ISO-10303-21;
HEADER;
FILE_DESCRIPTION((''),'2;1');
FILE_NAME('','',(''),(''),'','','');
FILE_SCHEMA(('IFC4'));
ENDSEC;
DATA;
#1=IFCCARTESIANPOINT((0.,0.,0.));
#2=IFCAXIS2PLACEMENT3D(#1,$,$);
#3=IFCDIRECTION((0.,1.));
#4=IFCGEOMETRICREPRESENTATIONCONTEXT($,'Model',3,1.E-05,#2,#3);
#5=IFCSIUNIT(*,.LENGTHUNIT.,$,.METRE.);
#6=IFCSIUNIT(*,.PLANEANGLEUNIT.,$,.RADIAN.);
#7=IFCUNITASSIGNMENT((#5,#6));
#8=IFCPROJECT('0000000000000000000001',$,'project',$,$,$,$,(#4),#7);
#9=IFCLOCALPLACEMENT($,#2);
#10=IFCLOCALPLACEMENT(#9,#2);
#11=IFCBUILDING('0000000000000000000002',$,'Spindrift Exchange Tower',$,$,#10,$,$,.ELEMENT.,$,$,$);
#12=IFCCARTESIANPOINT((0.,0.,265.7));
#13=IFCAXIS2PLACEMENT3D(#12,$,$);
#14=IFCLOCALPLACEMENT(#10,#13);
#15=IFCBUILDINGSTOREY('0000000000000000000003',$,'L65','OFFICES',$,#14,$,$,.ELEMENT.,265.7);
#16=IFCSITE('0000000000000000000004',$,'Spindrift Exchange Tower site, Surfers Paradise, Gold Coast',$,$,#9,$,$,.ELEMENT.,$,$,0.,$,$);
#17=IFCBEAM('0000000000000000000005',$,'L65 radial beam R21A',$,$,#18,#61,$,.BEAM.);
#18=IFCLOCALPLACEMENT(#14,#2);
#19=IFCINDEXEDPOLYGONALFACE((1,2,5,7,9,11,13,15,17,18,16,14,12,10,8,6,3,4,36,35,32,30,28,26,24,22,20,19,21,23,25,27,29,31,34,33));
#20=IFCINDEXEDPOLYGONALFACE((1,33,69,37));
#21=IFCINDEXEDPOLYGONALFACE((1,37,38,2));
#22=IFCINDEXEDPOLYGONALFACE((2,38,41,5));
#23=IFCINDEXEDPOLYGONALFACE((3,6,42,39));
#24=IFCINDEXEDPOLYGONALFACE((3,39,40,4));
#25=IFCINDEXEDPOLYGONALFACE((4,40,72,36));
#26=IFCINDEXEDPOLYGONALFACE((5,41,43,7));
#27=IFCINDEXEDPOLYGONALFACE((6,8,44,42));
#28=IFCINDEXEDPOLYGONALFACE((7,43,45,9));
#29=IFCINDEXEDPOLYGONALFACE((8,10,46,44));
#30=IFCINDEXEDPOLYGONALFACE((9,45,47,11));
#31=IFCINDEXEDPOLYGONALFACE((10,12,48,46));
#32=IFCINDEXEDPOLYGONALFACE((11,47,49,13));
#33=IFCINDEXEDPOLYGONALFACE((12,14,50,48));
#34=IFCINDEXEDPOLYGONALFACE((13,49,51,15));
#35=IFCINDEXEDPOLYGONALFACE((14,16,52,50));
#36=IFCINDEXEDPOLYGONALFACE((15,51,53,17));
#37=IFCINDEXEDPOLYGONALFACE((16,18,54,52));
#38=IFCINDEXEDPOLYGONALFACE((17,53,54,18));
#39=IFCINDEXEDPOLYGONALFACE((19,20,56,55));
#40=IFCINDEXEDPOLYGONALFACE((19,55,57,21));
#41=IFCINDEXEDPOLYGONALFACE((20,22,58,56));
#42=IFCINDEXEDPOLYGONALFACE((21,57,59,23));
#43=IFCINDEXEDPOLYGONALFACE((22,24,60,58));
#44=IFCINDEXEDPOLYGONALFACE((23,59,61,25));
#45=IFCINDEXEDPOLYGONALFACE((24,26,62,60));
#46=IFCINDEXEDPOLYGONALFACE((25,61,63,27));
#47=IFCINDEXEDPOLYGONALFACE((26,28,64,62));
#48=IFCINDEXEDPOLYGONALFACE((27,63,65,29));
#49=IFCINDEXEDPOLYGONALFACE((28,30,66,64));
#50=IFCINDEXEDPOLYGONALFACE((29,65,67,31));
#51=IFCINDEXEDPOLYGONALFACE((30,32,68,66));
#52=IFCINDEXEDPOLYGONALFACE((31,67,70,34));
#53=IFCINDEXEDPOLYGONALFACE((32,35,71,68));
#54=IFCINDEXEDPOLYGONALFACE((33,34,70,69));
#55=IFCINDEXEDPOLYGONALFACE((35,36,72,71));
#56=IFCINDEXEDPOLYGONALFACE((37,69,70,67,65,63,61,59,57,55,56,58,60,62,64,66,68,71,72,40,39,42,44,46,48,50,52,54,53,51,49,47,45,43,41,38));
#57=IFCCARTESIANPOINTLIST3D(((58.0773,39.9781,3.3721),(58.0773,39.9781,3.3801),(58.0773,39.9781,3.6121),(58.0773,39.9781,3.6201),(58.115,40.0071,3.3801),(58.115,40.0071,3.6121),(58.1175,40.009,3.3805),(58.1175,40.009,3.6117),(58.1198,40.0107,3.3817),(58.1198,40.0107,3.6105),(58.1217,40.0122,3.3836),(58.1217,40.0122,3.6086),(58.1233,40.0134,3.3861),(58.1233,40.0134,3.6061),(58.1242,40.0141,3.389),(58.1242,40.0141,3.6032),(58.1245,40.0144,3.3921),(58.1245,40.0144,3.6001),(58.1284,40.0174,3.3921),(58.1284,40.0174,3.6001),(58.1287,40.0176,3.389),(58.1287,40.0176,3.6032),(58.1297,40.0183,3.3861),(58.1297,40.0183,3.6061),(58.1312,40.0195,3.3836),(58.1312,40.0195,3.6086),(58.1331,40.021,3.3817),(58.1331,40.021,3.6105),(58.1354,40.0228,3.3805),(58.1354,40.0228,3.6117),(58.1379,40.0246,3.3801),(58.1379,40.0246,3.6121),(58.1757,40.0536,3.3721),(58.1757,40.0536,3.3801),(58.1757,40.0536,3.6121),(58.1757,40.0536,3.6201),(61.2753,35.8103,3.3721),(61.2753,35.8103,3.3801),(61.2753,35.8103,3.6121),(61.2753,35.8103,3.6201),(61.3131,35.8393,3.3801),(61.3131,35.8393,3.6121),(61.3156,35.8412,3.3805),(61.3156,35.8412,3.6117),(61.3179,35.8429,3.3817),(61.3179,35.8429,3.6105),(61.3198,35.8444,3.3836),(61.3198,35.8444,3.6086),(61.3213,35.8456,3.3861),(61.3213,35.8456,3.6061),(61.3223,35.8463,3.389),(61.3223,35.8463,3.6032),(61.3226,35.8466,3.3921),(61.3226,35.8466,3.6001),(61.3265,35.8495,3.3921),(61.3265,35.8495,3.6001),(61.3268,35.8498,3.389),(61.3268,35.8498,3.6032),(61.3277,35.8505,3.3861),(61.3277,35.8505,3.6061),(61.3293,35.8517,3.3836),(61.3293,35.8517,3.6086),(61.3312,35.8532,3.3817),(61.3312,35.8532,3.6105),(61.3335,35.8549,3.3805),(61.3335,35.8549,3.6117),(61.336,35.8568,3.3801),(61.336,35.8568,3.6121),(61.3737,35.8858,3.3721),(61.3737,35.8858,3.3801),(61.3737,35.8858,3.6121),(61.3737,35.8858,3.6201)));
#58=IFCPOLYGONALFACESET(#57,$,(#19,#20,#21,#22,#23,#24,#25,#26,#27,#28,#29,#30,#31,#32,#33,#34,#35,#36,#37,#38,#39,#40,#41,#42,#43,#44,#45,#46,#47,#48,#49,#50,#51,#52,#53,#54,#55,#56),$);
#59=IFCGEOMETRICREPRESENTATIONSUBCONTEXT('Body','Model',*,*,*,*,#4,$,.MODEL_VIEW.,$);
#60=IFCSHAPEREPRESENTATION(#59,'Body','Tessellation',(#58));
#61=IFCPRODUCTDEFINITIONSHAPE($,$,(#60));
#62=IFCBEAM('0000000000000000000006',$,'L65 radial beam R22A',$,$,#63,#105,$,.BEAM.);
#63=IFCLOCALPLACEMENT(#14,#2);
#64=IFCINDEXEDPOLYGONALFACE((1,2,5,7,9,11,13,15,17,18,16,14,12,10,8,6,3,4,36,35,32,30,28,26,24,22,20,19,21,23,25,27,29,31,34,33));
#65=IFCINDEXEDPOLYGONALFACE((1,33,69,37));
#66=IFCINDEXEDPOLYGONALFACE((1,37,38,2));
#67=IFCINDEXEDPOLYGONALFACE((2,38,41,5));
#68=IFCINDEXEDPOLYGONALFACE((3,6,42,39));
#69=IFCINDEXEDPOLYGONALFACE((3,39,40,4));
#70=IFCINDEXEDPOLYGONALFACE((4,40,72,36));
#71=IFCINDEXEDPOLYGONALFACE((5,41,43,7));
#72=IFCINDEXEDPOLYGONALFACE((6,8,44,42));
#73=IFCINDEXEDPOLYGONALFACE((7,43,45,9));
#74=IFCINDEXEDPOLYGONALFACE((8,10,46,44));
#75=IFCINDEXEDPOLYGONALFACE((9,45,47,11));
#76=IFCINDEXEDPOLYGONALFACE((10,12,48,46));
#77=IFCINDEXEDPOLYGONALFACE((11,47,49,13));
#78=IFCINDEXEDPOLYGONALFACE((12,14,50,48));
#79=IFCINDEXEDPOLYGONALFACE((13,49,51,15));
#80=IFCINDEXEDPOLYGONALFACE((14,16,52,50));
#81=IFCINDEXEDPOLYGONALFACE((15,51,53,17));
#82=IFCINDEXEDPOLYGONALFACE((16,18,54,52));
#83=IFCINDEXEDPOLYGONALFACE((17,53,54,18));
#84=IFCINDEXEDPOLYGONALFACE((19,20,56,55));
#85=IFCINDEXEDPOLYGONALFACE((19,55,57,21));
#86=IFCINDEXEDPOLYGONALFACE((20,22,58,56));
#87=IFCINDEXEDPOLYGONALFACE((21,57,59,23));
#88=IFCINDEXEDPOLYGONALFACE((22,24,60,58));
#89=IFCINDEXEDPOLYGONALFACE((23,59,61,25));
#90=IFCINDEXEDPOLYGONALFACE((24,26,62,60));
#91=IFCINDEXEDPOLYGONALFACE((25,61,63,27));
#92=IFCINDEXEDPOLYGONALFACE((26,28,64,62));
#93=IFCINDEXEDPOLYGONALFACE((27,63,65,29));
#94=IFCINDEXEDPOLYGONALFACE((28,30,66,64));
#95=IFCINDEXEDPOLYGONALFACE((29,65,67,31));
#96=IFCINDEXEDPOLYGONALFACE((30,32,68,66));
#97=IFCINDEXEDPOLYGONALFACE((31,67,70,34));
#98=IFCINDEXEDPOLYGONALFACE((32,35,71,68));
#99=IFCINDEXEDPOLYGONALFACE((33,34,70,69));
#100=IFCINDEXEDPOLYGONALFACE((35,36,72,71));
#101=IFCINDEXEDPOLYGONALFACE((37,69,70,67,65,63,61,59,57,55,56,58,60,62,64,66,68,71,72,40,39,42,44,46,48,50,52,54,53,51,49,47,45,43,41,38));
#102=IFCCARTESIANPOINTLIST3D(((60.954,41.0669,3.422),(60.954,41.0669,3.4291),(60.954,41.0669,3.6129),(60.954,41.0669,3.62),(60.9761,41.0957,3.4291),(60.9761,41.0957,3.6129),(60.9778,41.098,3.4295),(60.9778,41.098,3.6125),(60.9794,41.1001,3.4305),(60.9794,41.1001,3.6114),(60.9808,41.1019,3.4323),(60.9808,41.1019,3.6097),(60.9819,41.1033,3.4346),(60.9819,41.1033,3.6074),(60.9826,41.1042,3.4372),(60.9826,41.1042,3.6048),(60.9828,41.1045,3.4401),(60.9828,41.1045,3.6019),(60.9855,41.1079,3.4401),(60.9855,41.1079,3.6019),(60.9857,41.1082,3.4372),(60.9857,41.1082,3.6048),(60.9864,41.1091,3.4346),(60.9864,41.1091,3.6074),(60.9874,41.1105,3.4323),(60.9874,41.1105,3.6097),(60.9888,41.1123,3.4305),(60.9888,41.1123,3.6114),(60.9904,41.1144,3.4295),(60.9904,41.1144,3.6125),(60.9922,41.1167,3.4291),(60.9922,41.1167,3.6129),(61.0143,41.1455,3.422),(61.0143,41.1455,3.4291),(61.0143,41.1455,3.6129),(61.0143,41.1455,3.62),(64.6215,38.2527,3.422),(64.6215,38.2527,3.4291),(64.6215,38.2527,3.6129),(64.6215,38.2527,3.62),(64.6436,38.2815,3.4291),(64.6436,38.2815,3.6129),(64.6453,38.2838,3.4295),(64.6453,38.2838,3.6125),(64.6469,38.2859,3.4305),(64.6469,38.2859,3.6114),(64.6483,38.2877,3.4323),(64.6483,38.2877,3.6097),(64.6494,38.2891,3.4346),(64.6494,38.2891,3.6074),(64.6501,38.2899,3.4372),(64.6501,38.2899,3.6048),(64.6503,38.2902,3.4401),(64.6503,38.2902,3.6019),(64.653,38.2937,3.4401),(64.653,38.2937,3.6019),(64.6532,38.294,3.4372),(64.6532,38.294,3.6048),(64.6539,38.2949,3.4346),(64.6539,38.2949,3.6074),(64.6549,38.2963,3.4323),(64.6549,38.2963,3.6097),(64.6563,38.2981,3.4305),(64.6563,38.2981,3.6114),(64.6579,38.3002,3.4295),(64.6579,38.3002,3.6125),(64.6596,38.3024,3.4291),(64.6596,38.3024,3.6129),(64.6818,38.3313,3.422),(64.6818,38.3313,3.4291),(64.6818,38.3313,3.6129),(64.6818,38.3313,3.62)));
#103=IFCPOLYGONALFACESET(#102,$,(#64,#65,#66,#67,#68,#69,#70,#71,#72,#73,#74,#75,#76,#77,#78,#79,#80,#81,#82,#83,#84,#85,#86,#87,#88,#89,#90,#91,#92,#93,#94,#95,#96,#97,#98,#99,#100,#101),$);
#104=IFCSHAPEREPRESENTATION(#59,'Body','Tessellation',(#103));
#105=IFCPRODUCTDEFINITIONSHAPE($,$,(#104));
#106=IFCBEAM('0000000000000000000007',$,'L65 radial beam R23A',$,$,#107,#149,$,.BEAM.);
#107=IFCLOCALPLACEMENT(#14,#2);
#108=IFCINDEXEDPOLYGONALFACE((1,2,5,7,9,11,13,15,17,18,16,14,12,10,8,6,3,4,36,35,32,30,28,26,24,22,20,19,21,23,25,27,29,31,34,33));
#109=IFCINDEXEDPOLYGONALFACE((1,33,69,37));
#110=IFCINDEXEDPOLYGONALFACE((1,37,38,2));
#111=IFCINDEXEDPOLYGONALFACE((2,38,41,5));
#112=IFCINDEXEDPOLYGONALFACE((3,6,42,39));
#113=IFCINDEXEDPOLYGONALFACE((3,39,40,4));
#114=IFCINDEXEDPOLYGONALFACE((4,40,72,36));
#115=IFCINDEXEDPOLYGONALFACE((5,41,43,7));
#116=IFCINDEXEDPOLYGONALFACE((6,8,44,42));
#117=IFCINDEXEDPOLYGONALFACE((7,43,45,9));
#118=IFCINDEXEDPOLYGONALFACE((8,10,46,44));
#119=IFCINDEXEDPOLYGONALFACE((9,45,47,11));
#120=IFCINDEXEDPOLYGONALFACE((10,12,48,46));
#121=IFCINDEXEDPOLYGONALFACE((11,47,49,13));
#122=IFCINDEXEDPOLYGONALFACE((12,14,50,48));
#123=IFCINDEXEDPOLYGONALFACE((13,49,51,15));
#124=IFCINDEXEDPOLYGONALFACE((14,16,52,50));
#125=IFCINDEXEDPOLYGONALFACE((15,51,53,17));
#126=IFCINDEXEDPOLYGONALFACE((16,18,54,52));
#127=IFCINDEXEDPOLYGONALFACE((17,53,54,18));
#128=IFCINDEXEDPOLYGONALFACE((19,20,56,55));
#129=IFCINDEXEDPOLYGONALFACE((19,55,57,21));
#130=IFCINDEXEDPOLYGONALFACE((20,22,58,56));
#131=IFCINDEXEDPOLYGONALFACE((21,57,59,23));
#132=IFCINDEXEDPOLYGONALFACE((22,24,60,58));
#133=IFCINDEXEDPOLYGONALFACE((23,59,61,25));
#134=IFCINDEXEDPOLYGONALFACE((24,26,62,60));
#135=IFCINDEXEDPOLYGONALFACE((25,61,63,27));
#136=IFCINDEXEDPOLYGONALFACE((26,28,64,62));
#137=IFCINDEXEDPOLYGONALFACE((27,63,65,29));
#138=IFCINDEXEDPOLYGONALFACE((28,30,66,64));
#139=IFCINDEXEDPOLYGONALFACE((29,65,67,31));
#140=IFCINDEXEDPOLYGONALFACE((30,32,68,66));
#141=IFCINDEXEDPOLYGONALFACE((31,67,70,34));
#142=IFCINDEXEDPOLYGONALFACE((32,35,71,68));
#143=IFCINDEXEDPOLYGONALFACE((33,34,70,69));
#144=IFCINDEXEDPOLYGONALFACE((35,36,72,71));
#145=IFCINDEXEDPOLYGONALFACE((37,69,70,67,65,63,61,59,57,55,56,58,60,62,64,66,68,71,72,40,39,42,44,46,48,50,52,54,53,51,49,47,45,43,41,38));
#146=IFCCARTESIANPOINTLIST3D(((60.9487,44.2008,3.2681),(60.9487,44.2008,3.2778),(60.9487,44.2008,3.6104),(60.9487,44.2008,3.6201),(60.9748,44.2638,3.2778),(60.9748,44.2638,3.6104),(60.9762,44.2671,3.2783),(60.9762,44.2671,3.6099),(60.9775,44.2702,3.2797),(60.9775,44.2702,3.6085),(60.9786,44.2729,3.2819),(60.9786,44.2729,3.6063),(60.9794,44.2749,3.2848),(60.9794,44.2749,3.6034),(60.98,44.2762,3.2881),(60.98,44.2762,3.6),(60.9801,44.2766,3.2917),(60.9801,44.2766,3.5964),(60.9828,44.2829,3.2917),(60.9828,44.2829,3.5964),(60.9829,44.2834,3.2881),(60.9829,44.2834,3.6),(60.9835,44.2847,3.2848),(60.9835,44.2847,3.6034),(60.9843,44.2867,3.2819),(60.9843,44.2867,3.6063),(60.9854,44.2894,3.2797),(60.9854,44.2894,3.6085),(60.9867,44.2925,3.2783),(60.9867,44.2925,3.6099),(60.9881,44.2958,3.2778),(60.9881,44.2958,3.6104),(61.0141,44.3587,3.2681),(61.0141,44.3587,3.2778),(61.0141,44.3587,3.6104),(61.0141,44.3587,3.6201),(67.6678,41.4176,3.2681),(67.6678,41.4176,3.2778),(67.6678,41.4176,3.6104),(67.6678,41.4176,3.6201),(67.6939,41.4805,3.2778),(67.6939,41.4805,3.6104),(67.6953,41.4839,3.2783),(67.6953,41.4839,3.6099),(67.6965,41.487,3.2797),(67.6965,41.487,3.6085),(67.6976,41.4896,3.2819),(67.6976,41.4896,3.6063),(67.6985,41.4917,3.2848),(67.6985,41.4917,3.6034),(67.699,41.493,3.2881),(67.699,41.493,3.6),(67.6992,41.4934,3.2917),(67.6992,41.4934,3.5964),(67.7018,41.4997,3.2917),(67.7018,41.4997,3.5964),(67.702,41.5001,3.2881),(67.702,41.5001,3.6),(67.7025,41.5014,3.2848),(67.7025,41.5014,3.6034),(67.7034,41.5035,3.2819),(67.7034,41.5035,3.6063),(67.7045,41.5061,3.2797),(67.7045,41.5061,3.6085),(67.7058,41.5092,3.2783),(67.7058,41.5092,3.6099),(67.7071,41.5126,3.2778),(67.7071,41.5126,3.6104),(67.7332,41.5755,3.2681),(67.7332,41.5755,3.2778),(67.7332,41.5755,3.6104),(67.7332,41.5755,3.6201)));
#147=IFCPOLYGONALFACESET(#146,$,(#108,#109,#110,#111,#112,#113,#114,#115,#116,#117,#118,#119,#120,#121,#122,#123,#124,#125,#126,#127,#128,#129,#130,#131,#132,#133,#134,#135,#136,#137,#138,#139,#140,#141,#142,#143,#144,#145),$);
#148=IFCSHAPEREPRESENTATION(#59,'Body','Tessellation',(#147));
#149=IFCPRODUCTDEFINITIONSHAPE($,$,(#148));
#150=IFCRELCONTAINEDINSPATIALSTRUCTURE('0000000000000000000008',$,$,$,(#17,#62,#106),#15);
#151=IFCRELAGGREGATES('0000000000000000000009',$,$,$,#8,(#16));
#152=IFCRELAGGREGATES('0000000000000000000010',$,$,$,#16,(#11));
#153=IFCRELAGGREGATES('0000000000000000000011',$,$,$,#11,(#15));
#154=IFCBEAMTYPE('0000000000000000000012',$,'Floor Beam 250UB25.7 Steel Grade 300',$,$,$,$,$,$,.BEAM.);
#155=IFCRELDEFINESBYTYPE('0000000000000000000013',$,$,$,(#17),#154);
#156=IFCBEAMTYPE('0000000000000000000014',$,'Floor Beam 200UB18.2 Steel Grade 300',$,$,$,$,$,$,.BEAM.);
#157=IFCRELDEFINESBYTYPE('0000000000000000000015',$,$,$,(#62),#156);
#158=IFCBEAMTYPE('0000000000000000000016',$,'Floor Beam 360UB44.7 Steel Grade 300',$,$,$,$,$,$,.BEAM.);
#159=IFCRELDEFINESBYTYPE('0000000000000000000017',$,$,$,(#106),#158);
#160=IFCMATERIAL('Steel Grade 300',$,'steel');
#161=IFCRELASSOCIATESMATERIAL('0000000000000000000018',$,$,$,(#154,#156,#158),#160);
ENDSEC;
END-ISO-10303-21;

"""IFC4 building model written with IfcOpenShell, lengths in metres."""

from ifc_helpers import new_model, si_unit, direction, frame, origin, origin_2d, place, context, subcontext, project, spatial, i_section, extrude, source, transform, mapped, material, material_profile, profile_set, type_object, element, save


model = new_model("IFC4")

# Units and contexts
model_context = context("Model", 3, precision=1e-05, world=origin(), true_north=direction((0.0, 1.0)))
body_context = subcontext(model_context, "Body", "Model", "MODEL_VIEW")
ifc_project = project(units=[si_unit("LENGTHUNIT", "METRE"), si_unit("PLANEANGLEUNIT", "RADIAN")], contexts=[model_context])

# Site, building, storey
site_placement = place(None, origin())
site = spatial("IfcSite", under=ifc_project, at=site_placement, Name="Spindrift Exchange Tower site, Surfers Paradise, Gold Coast", CompositionType="ELEMENT", RefElevation=0.0)
building_placement = place(site_placement, origin())
building = spatial("IfcBuilding", under=site, at=building_placement, Name="Spindrift Exchange Tower", CompositionType="ELEMENT")
storey_placement = place(building_placement, frame((0.0, 0.0, 265.7)))
storey = spatial("IfcBuildingStorey", under=building, at=storey_placement, Name="L65", Description="OFFICES", CompositionType="ELEMENT", Elevation=265.7)

# Beams
ifc_material_1 = material(Name="Steel Grade 300", Category="steel")
ifc_material_profile_1 = material_profile(ifc_material_1, i_section(OverallWidth=0.124, OverallDepth=0.248, WebThickness=0.0049, FlangeThickness=0.0081, FilletRadius=0.012, at=origin_2d()), Name="250UB25.7")
ifc_profile_set_1 = profile_set([ifc_material_profile_1], Name="Steel Grade 300")
beam_type_1 = type_object("IfcBeamType", Name="Floor Beam 250UB25.7 Steel Grade 300", PredefinedType="BEAM", material=ifc_profile_set_1)
shared_shape_1 = source(origin(), body_context, "Body", "SweptSolid", [
    extrude(i_section(OverallWidth=0.124, OverallDepth=0.248, WebThickness=0.0049, FlangeThickness=0.0081, FilletRadius=0.012, at=origin_2d()), origin(), (0.0, 0.0, 1.0), 5.2534),
])
beam_1_placement = place(storey_placement, frame((58.1265, 40.0159, 3.4961), z_axis=(0.60876, -0.793354, 0.0), x_axis=(0.793354, 0.60876, 0.0)))
element("IfcBeam", 1, at=beam_1_placement, inside=storey, type_object=beam_type_1, Name="L65 radial beam R21A", PredefinedType="BEAM", context=body_context, shape_type="MappedRepresentation", body=[
    mapped(shared_shape_1, transform((0.0, 0.0, 0.0), scale=1.0)),
])
ifc_material_profile_2 = material_profile(ifc_material_1, i_section(OverallWidth=0.0991, OverallDepth=0.198, WebThickness=0.0044, FlangeThickness=0.0071, FilletRadius=0.011, at=origin_2d()), Name="200UB18.2")
ifc_profile_set_2 = profile_set([ifc_material_profile_2], Name="Steel Grade 300")
beam_type_2 = type_object("IfcBeamType", Name="Floor Beam 200UB18.2 Steel Grade 300", PredefinedType="BEAM", material=ifc_profile_set_2)
shared_shape_2 = source(origin(), body_context, "Body", "SweptSolid", [
    extrude(i_section(OverallWidth=0.0991, OverallDepth=0.198, WebThickness=0.0044, FlangeThickness=0.0071, FilletRadius=0.011, at=origin_2d()), origin(), (0.0, 0.0, 1.0), 4.6228),
])
beam_2_placement = place(storey_placement, frame((60.9841, 41.1062, 3.521), z_axis=(0.793348, -0.608769, 0.0), x_axis=(0.608769, 0.793348, 0.0)))
element("IfcBeam", 2, at=beam_2_placement, inside=storey, type_object=beam_type_2, Name="L65 radial beam R22A", PredefinedType="BEAM", context=body_context, shape_type="MappedRepresentation", body=[
    mapped(shared_shape_2, transform((0.0, 0.0, 0.0), scale=1.0)),
])
ifc_material_profile_3 = material_profile(ifc_material_1, i_section(OverallWidth=0.1709, OverallDepth=0.3521, WebThickness=0.0068, FlangeThickness=0.0098, FilletRadius=0.0139, at=origin_2d()), Name="360UB44.7")
ifc_profile_set_3 = profile_set([ifc_material_profile_3], Name="Steel Grade 300")
beam_type_3 = type_object("IfcBeamType", Name="Floor Beam 360UB44.7 Steel Grade 300", PredefinedType="BEAM", material=ifc_profile_set_3)
shared_shape_3 = source(origin(), body_context, "Body", "SweptSolid", [
    extrude(i_section(OverallWidth=0.1709, OverallDepth=0.3521, WebThickness=0.0068, FlangeThickness=0.0098, FilletRadius=0.0139, at=origin_2d()), origin(), (0.0, 0.0, 1.0), 7.2727),
])
beam_3_placement = place(storey_placement, frame((60.9814, 44.2798, 3.4441), z_axis=(0.923874, -0.382696, 0.0), x_axis=(0.382696, 0.923874, 0.0)))
element("IfcBeam", 3, at=beam_3_placement, inside=storey, type_object=beam_type_3, Name="L65 radial beam R23A", PredefinedType="BEAM", context=body_context, shape_type="MappedRepresentation", body=[
    mapped(shared_shape_3, transform((0.0, 0.0, 0.0), scale=1.0)),
])

save(model, "model.ifc")
